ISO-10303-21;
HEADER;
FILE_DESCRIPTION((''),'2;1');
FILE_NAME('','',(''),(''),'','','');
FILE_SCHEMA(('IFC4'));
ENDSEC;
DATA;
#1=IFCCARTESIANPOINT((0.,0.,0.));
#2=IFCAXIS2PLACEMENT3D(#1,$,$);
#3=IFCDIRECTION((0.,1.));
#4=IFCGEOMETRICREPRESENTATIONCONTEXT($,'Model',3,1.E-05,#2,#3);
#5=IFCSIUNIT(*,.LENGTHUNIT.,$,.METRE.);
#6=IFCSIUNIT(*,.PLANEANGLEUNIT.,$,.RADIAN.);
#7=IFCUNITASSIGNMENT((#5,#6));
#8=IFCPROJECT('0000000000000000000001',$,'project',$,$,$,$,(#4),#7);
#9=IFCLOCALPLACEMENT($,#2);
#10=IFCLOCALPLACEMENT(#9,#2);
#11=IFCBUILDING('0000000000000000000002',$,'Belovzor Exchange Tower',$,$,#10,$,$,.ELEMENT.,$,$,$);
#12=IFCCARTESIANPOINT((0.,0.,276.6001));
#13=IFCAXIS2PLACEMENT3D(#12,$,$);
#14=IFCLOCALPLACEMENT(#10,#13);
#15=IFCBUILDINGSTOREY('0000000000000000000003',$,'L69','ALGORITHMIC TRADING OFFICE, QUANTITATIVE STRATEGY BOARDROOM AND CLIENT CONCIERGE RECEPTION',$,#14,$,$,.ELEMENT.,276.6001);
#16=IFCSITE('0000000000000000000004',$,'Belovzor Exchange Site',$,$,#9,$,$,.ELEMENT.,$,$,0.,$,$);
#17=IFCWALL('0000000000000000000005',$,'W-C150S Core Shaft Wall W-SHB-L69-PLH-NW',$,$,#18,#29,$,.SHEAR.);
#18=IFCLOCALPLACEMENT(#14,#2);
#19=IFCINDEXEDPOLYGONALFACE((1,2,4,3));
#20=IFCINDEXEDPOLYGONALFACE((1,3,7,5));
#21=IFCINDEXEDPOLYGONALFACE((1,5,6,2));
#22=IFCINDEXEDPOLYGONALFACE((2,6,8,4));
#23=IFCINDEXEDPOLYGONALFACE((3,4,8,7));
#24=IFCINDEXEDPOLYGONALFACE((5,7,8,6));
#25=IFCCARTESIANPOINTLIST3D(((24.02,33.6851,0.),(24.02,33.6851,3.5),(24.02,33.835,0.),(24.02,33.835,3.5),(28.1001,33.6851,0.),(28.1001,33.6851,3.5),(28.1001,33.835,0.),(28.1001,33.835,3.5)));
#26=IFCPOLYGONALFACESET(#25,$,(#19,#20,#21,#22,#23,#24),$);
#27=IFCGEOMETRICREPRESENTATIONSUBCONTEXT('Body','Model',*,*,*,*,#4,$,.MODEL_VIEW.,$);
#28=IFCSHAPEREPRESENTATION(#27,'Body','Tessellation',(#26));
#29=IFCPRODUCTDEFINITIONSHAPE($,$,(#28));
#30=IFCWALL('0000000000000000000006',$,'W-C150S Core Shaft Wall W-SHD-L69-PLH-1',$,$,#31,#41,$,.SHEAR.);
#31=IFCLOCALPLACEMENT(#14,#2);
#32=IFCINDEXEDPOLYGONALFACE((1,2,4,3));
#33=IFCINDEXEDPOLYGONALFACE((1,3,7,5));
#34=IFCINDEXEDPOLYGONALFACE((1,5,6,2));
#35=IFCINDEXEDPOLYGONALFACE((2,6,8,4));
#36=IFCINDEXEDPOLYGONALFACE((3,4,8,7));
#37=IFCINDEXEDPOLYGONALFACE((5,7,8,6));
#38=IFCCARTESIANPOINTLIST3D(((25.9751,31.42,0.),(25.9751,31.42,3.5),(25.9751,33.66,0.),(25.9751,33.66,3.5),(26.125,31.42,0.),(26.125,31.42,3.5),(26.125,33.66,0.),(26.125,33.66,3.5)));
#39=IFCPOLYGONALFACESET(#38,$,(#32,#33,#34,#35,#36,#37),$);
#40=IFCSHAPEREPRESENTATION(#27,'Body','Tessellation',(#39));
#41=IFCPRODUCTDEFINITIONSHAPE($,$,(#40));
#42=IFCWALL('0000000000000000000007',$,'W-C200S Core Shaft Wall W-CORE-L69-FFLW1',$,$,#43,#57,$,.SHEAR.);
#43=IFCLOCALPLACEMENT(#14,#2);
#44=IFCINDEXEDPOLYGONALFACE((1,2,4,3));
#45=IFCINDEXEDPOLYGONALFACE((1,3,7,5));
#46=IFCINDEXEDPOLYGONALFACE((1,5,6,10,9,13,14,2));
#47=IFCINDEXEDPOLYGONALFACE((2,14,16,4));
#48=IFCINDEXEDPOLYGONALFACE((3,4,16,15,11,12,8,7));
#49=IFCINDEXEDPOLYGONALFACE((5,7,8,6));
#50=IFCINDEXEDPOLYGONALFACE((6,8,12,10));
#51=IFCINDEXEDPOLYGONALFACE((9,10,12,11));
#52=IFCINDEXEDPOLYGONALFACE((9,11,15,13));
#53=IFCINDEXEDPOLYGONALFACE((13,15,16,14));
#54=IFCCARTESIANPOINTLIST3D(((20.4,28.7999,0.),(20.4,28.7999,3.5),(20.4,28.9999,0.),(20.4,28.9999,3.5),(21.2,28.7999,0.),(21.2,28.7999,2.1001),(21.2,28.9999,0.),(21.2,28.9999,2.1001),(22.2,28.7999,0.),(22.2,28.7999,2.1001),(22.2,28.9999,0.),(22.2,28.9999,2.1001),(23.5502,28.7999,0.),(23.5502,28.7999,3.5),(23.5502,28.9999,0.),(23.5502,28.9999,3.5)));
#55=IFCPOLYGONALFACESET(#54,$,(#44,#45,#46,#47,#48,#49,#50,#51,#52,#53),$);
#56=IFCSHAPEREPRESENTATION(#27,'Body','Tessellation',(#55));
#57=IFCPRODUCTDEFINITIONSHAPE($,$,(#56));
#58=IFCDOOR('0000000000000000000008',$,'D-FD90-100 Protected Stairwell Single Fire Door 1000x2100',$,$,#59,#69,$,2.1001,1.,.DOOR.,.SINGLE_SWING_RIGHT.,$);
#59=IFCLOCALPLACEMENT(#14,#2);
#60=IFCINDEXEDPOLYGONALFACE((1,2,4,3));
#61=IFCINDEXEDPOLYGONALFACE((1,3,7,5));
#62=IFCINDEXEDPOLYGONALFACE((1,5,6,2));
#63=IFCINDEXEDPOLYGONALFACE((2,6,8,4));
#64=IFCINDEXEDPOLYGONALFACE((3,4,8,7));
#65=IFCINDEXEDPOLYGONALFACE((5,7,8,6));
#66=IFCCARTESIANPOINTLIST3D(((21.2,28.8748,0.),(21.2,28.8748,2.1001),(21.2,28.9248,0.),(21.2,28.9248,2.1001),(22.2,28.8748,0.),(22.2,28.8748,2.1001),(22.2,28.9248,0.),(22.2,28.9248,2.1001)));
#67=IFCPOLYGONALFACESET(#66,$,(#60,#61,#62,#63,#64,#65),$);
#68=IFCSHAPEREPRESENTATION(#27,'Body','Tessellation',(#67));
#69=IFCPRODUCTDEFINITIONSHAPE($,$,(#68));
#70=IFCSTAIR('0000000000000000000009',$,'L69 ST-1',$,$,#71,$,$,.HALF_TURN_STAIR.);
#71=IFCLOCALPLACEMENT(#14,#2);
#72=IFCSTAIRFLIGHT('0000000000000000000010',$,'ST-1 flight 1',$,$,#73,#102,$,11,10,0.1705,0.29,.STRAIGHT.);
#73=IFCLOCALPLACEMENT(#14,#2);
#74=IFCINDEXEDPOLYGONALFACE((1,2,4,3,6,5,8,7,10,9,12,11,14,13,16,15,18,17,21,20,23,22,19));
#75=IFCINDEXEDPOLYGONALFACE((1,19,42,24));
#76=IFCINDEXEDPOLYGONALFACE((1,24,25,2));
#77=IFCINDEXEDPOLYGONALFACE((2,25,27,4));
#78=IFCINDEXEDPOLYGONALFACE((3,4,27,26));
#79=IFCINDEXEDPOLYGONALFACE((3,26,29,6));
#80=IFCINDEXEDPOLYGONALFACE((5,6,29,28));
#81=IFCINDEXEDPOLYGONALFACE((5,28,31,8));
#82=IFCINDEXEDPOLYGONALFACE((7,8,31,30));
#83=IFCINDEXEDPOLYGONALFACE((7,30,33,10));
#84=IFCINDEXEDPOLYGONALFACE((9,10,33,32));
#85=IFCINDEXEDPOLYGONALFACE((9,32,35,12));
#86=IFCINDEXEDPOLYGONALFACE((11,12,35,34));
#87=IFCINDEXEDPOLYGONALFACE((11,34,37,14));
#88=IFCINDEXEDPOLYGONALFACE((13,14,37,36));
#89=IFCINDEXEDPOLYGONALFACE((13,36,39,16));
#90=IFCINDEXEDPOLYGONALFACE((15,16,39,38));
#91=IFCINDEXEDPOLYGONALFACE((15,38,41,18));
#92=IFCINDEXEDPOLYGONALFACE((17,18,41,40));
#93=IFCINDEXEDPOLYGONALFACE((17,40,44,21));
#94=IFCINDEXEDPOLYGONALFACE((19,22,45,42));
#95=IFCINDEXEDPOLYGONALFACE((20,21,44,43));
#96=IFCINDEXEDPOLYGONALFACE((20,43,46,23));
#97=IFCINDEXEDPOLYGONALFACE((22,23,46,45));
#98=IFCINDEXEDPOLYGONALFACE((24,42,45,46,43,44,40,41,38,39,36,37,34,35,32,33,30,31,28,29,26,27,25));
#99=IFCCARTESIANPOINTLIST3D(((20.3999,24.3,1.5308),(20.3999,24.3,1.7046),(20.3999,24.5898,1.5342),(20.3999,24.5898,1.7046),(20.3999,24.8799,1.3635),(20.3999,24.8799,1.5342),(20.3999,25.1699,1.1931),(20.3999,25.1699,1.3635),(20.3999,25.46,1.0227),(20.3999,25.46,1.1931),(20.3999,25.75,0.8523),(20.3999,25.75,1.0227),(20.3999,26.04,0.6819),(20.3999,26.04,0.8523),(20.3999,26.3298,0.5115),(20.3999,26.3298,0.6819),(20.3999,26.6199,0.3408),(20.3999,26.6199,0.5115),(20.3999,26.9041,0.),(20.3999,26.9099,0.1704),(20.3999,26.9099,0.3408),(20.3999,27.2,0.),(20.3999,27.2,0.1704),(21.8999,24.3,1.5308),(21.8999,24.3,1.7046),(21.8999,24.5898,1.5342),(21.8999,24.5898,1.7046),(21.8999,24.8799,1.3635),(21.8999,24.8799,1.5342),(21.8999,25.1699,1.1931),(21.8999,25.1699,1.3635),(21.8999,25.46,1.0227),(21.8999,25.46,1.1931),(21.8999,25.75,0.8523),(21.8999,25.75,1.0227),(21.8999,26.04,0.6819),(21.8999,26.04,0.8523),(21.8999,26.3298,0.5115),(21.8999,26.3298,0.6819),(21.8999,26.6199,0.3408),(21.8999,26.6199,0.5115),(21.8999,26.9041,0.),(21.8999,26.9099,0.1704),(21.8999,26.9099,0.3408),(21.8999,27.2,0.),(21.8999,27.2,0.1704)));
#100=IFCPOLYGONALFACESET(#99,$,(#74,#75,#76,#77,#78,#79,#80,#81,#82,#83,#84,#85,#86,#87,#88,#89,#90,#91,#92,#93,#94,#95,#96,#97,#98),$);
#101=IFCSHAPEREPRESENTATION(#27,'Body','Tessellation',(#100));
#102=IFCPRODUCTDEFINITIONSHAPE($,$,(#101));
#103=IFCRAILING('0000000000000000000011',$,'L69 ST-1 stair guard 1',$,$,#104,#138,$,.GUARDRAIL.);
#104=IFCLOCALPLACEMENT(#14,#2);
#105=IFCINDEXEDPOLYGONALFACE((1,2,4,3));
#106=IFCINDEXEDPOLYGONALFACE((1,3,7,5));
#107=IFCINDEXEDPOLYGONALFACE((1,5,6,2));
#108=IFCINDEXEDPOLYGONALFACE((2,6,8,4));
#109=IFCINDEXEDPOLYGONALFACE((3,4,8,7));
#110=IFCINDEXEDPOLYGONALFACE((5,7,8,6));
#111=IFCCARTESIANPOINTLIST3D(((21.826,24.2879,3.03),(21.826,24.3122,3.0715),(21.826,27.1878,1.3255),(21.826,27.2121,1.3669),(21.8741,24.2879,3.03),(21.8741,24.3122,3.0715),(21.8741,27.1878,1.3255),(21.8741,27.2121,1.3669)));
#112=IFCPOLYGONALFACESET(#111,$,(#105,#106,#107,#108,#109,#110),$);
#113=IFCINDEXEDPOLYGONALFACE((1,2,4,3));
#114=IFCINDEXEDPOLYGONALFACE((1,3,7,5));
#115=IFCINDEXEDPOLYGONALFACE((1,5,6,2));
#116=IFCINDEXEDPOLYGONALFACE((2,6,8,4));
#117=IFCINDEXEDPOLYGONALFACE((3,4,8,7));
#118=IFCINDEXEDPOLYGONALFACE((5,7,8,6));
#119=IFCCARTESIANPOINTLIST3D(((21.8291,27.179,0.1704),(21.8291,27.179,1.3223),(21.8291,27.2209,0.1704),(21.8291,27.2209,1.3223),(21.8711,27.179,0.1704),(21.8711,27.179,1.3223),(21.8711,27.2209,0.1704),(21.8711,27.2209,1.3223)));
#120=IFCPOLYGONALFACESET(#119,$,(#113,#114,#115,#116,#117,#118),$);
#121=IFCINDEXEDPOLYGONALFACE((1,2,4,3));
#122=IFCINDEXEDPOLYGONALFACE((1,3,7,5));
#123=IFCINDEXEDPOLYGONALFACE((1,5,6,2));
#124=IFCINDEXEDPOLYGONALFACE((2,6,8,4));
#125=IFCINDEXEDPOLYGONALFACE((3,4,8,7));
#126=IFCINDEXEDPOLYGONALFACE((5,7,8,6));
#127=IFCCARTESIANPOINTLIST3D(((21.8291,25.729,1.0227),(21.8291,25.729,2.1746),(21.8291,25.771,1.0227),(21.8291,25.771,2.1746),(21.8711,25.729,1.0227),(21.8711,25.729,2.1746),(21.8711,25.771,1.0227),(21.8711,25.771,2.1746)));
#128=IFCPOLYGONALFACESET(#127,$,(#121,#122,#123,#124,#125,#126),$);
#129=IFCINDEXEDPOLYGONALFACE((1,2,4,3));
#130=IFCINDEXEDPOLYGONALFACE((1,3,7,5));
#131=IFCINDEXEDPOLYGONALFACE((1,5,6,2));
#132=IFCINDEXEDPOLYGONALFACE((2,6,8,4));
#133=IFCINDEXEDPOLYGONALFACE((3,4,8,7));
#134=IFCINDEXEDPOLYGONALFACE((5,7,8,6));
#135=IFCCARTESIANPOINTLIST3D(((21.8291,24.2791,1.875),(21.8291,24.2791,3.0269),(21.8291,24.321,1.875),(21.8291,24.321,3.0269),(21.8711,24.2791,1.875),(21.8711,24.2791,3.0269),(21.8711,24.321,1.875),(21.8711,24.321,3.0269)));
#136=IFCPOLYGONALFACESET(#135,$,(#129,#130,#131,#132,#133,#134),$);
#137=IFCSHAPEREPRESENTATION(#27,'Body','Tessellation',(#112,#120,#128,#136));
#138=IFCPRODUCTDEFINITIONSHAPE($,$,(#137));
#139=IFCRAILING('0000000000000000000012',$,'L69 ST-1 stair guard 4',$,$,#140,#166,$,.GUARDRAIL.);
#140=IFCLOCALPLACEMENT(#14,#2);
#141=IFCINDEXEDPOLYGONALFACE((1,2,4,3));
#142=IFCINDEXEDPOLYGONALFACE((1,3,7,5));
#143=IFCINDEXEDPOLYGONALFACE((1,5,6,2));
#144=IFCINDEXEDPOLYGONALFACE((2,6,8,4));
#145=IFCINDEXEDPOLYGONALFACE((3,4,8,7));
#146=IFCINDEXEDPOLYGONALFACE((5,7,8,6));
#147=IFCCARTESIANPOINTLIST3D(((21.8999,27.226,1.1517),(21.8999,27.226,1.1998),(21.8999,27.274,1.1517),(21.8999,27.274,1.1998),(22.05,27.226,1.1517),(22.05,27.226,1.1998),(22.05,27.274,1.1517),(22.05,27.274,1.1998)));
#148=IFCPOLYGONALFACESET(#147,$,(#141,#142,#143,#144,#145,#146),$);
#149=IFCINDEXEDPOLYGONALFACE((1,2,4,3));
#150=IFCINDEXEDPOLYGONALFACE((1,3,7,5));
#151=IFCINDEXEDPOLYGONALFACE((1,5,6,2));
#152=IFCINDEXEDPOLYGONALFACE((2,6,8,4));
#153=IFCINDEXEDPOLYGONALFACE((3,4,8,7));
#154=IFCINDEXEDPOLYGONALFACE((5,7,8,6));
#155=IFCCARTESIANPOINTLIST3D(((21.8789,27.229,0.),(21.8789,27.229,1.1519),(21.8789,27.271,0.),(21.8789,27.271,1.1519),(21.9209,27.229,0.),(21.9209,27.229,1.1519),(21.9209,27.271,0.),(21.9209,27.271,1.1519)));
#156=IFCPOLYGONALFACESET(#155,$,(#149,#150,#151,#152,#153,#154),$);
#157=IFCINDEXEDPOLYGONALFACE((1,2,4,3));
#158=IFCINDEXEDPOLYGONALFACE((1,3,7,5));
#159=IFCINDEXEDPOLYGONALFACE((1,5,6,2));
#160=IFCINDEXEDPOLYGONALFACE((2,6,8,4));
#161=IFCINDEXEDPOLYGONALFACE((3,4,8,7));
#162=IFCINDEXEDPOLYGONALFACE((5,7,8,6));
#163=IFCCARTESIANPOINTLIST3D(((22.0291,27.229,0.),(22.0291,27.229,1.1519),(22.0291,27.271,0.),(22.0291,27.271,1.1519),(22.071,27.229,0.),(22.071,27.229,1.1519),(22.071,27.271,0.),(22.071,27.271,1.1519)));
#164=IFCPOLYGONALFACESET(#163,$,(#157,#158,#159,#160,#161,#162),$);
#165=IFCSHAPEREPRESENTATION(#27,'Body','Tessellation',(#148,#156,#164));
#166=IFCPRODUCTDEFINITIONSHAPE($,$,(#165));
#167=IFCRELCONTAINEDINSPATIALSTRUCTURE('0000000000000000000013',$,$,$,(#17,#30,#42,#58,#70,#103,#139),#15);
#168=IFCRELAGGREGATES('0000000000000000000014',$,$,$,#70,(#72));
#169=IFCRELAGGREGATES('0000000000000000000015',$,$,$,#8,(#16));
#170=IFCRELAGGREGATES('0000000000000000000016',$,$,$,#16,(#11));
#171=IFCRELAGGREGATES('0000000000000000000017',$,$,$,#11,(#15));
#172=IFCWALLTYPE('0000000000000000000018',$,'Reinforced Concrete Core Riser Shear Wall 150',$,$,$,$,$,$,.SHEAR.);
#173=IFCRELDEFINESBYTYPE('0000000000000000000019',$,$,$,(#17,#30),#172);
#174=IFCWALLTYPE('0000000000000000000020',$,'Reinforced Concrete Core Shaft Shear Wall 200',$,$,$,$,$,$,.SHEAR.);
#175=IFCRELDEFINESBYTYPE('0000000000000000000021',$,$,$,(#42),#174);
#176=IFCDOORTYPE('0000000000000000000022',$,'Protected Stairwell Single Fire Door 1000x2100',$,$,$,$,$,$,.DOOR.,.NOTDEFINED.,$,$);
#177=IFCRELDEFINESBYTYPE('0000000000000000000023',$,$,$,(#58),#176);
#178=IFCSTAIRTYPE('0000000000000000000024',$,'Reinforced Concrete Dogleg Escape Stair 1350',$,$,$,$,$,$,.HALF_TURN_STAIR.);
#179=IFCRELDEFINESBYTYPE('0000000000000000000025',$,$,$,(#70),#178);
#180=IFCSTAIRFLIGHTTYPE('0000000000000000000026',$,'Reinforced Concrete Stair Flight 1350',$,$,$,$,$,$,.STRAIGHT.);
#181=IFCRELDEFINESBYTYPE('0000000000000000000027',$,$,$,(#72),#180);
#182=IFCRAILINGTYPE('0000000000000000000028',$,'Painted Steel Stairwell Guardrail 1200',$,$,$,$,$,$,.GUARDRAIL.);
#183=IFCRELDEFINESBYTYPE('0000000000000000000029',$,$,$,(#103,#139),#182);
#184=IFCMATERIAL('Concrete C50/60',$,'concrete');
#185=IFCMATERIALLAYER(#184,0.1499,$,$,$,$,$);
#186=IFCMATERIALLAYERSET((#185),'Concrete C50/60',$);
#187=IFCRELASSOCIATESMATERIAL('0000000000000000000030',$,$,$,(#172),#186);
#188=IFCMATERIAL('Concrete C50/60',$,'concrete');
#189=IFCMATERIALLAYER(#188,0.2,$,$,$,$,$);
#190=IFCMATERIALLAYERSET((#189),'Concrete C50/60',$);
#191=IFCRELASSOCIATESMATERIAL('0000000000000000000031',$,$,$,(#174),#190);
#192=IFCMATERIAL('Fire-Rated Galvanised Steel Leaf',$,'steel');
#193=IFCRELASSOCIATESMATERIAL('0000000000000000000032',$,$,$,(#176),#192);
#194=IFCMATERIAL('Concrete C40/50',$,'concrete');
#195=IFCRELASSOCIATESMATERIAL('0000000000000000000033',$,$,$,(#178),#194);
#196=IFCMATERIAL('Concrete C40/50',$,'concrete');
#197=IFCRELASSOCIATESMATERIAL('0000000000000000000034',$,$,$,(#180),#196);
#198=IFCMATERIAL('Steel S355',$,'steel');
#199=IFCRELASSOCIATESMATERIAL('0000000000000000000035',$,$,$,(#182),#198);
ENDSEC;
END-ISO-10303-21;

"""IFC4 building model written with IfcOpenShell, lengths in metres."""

from ifc_helpers import new_model, si_unit, direction, frame, frame_2d, origin, origin_2d, place, context, subcontext, project, spatial, polyline, rectangle, outline, extrude, material, layer, layer_set, type_object, element, fill, aggregate, save


model = new_model("IFC4")

# Units and contexts
model_context = context("Model", 3, precision=1e-05, world=origin(), true_north=direction((0.0, 1.0)))
body_context = subcontext(model_context, "Body", "Model", "MODEL_VIEW")
ifc_project = project(units=[si_unit("LENGTHUNIT", "METRE"), si_unit("PLANEANGLEUNIT", "RADIAN")], contexts=[model_context])

# Site, building, storey
site_placement = place(None, origin())
site = spatial("IfcSite", under=ifc_project, at=site_placement, Name="Belovzor Exchange Site", CompositionType="ELEMENT", RefElevation=0.0)
building_placement = place(site_placement, origin())
building = spatial("IfcBuilding", under=site, at=building_placement, Name="Belovzor Exchange Tower", CompositionType="ELEMENT")
storey_placement = place(building_placement, frame((0.0, 0.0, 276.6001)))
storey = spatial("IfcBuildingStorey", under=building, at=storey_placement, Name="L69", Description="ALGORITHMIC TRADING OFFICE, QUANTITATIVE STRATEGY BOARDROOM AND CLIENT CONCIERGE RECEPTION", CompositionType="ELEMENT", Elevation=276.6001)

# Walls
ifc_material_1 = material(Name="Concrete C50/60", Category="concrete")
ifc_layer_1 = layer(ifc_material_1, 0.1499)
ifc_layer_set_1 = layer_set([ifc_layer_1], Name="Concrete C50/60")
wall_type_1 = type_object("IfcWallType", Name="Reinforced Concrete Core Riser Shear Wall 150", PredefinedType="SHEAR", material=ifc_layer_set_1)
wall_1_placement = place(storey_placement, frame((24.02, 33.76, 0.0), z_axis=(0.0, 0.0, 1.0), x_axis=(1.0, 0.0, 0.0)))
element("IfcWall", 1, at=wall_1_placement, inside=storey, type_object=wall_type_1, Name="W-C150S Core Shaft Wall W-SHB-L69-PLH-NW", PredefinedType="SHEAR", context=body_context, shape_type="SweptSolid", body=[
    extrude(rectangle(XDim=4.0801, YDim=0.1499, at=frame_2d((2.04, 0.0))), origin(), (0.0, 0.0, 1.0), 3.5),
])
wall_2_placement = place(storey_placement, frame((26.05, 31.4199, 0.0), z_axis=(0.0, 0.0, 1.0), x_axis=(0.0, 1.0, 0.0)))
element("IfcWall", 2, at=wall_2_placement, inside=storey, type_object=wall_type_1, Name="W-C150S Core Shaft Wall W-SHD-L69-PLH-1", PredefinedType="SHEAR", context=body_context, shape_type="SweptSolid", body=[
    extrude(rectangle(XDim=2.24, YDim=0.1499, at=frame_2d((1.1201, 0.0))), origin(), (0.0, 0.0, 1.0), 3.5),
])

# Wall, opening, door
ifc_material_2 = material(Name="Concrete C50/60", Category="concrete")
ifc_layer_2 = layer(ifc_material_2, 0.2)
ifc_layer_set_2 = layer_set([ifc_layer_2], Name="Concrete C50/60")
wall_type_2 = type_object("IfcWallType", Name="Reinforced Concrete Core Shaft Shear Wall 200", PredefinedType="SHEAR", material=ifc_layer_set_2)
wall_3_placement = place(storey_placement, frame((20.3999, 28.8999, 0.0), z_axis=(0.0, 0.0, 1.0), x_axis=(1.0, 0.0, 0.0)))
wall_3 = element("IfcWall", 3, at=wall_3_placement, inside=storey, type_object=wall_type_2, Name="W-C200S Core Shaft Wall W-CORE-L69-FFLW1", PredefinedType="SHEAR", context=body_context, shape_type="SweptSolid", body=[
    extrude(rectangle(XDim=3.1501, YDim=0.2, at=frame_2d((1.5752, 0.0))), origin(), (0.0, 0.0, 1.0), 3.5),
])
opening_1_placement = place(wall_3_placement, frame((0.8, 0.0, 0.0)))
opening_1 = element("IfcOpeningElement", 4, at=opening_1_placement, cuts=wall_3, PredefinedType="OPENING", context=body_context, shape_type="SweptSolid", body=[
    extrude(rectangle(XDim=1.0, YDim=2.1001, at=frame_2d((0.5, 1.05))), frame((0.0, 0.1099, 0.0), z_axis=(0.0, -1.0, 0.0), x_axis=(1.0, 0.0, 0.0)), (0.0, 0.0, 1.0), 0.22),
])
ifc_material_3 = material(Name="Fire-Rated Galvanised Steel Leaf", Category="steel")
door_type_1 = type_object("IfcDoorType", Name="Protected Stairwell Single Fire Door 1000x2100", OperationType="NOTDEFINED", PredefinedType="DOOR", material=ifc_material_3)
door_1_placement = place(opening_1_placement, origin())
door_1 = element("IfcDoor", 5, at=door_1_placement, inside=storey, type_object=door_type_1, Name="D-FD90-100 Protected Stairwell Single Fire Door 1000x2100", OperationType="SINGLE_SWING_RIGHT", OverallHeight=2.1001, OverallWidth=1.0, PredefinedType="DOOR", context=body_context, shape_type="SweptSolid", body=[
    extrude(rectangle(XDim=1.0, YDim=2.1001, at=frame_2d((0.5, 1.05))), frame((0.0, 0.0249, 0.0), z_axis=(0.0, -1.0, 0.0), x_axis=(1.0, 0.0, 0.0)), (0.0, 0.0, 1.0), 0.05),
])
fill(opening_1, door_1)

# Stair, stair flight
ifc_material_4 = material(Name="Concrete C40/50", Category="concrete")
stair_type = type_object("IfcStairType", Name="Reinforced Concrete Dogleg Escape Stair 1350", PredefinedType="HALF_TURN_STAIR", material=ifc_material_4)
stair_placement = place(storey_placement, origin())
stair = element("IfcStair", 6, at=stair_placement, inside=storey, type_object=stair_type, Name="L69 ST-1", PredefinedType="HALF_TURN_STAIR")
ifc_material_5 = material(Name="Concrete C40/50", Category="concrete")
stair_flight_type = type_object("IfcStairFlightType", Name="Reinforced Concrete Stair Flight 1350", PredefinedType="STRAIGHT", material=ifc_material_5)
stair_flight_placement = place(storey_placement, frame((21.1499, 27.2, 0.0), z_axis=(0.0, 0.0, 1.0), x_axis=(0.0, -1.0, 0.0)))
stair_flight = element("IfcStairFlight", 7, at=stair_flight_placement, type_object=stair_flight_type, Name="ST-1 flight 1", NumberOfRisers=11, NumberOfTreads=10, PredefinedType="STRAIGHT", RiserHeight=0.1705, TreadLength=0.29, context=body_context, shape_type="SweptSolid", body=[
    extrude(outline(polyline([(0.0, 0.0), (0.0, 0.1704), (0.29, 0.1704), (0.29, 0.3408), (0.5801, 0.3408), (0.5801, 0.5115), (0.8701, 0.5115), (0.8701, 0.6819), (1.1599, 0.6819), (1.1599, 0.8523), (1.45, 0.8523), (1.45, 1.0227), (1.74, 1.0227), (1.74, 1.1931), (2.03, 1.1931), (2.03, 1.3635), (2.3201, 1.3635), (2.3201, 1.5342), (2.6101, 1.5342), (2.6101, 1.7046), (2.8999, 1.7046), (2.8999, 1.875), (2.8999, 1.5308), (0.2959, 0.0), (0.0, 0.0)])), frame((0.0, 0.75, 0.0), z_axis=(0.0, -1.0, 0.0), x_axis=(1.0, 0.0, 0.0)), (0.0, 0.0, 1.0), 1.5),
])
aggregate(stair, [stair_flight])

# Railings
ifc_material_6 = material(Name="Steel S355", Category="steel")
railing_type = type_object("IfcRailingType", Name="Painted Steel Stairwell Guardrail 1200", PredefinedType="GUARDRAIL", material=ifc_material_6)
railing_1_placement = place(storey_placement, frame((21.8501, 27.2, 0.1704)))
element("IfcRailing", 8, at=railing_1_placement, inside=storey, type_object=railing_type, Name="L69 ST-1 stair guard 1", PredefinedType="GUARDRAIL", context=body_context, shape_type="SweptSolid", body=[
    extrude(rectangle(XDim=0.0481, YDim=0.0481, at=origin_2d()), frame((0.0, 0.0, 1.1758), z_axis=(0.0, -0.862095, 0.506747), x_axis=(1.0, 0.0, 0.0)), (0.0, 0.0, 1.0), 3.3638),
    extrude(rectangle(XDim=0.042, YDim=0.042, at=origin_2d()), origin(), (0.0, 0.0, 1.0), 1.1519),
    extrude(rectangle(XDim=0.042, YDim=0.042, at=origin_2d()), frame((0.0, -1.45, 0.8523)), (0.0, 0.0, 1.0), 1.1519),
    extrude(rectangle(XDim=0.042, YDim=0.042, at=origin_2d()), frame((0.0, -2.8999, 1.7046)), (0.0, 0.0, 1.0), 1.1519),
])
railing_2_placement = place(storey_placement, frame((21.8999, 27.25, 0.0)))
element("IfcRailing", 9, at=railing_2_placement, inside=storey, type_object=railing_type, Name="L69 ST-1 stair guard 4", PredefinedType="GUARDRAIL", context=body_context, shape_type="SweptSolid", body=[
    extrude(rectangle(XDim=0.0481, YDim=0.0481, at=origin_2d()), frame((0.0, 0.0, 1.1758), z_axis=(1.0, 0.0, 0.0), x_axis=(0.0, 1.0, 0.0)), (0.0, 0.0, 1.0), 0.1501),
    extrude(rectangle(XDim=0.042, YDim=0.042, at=origin_2d()), origin(), (0.0, 0.0, 1.0), 1.1519),
    extrude(rectangle(XDim=0.042, YDim=0.042, at=origin_2d()), frame((0.1501, 0.0, 0.0)), (0.0, 0.0, 1.0), 1.1519),
])

save(model, "model.ifc")
